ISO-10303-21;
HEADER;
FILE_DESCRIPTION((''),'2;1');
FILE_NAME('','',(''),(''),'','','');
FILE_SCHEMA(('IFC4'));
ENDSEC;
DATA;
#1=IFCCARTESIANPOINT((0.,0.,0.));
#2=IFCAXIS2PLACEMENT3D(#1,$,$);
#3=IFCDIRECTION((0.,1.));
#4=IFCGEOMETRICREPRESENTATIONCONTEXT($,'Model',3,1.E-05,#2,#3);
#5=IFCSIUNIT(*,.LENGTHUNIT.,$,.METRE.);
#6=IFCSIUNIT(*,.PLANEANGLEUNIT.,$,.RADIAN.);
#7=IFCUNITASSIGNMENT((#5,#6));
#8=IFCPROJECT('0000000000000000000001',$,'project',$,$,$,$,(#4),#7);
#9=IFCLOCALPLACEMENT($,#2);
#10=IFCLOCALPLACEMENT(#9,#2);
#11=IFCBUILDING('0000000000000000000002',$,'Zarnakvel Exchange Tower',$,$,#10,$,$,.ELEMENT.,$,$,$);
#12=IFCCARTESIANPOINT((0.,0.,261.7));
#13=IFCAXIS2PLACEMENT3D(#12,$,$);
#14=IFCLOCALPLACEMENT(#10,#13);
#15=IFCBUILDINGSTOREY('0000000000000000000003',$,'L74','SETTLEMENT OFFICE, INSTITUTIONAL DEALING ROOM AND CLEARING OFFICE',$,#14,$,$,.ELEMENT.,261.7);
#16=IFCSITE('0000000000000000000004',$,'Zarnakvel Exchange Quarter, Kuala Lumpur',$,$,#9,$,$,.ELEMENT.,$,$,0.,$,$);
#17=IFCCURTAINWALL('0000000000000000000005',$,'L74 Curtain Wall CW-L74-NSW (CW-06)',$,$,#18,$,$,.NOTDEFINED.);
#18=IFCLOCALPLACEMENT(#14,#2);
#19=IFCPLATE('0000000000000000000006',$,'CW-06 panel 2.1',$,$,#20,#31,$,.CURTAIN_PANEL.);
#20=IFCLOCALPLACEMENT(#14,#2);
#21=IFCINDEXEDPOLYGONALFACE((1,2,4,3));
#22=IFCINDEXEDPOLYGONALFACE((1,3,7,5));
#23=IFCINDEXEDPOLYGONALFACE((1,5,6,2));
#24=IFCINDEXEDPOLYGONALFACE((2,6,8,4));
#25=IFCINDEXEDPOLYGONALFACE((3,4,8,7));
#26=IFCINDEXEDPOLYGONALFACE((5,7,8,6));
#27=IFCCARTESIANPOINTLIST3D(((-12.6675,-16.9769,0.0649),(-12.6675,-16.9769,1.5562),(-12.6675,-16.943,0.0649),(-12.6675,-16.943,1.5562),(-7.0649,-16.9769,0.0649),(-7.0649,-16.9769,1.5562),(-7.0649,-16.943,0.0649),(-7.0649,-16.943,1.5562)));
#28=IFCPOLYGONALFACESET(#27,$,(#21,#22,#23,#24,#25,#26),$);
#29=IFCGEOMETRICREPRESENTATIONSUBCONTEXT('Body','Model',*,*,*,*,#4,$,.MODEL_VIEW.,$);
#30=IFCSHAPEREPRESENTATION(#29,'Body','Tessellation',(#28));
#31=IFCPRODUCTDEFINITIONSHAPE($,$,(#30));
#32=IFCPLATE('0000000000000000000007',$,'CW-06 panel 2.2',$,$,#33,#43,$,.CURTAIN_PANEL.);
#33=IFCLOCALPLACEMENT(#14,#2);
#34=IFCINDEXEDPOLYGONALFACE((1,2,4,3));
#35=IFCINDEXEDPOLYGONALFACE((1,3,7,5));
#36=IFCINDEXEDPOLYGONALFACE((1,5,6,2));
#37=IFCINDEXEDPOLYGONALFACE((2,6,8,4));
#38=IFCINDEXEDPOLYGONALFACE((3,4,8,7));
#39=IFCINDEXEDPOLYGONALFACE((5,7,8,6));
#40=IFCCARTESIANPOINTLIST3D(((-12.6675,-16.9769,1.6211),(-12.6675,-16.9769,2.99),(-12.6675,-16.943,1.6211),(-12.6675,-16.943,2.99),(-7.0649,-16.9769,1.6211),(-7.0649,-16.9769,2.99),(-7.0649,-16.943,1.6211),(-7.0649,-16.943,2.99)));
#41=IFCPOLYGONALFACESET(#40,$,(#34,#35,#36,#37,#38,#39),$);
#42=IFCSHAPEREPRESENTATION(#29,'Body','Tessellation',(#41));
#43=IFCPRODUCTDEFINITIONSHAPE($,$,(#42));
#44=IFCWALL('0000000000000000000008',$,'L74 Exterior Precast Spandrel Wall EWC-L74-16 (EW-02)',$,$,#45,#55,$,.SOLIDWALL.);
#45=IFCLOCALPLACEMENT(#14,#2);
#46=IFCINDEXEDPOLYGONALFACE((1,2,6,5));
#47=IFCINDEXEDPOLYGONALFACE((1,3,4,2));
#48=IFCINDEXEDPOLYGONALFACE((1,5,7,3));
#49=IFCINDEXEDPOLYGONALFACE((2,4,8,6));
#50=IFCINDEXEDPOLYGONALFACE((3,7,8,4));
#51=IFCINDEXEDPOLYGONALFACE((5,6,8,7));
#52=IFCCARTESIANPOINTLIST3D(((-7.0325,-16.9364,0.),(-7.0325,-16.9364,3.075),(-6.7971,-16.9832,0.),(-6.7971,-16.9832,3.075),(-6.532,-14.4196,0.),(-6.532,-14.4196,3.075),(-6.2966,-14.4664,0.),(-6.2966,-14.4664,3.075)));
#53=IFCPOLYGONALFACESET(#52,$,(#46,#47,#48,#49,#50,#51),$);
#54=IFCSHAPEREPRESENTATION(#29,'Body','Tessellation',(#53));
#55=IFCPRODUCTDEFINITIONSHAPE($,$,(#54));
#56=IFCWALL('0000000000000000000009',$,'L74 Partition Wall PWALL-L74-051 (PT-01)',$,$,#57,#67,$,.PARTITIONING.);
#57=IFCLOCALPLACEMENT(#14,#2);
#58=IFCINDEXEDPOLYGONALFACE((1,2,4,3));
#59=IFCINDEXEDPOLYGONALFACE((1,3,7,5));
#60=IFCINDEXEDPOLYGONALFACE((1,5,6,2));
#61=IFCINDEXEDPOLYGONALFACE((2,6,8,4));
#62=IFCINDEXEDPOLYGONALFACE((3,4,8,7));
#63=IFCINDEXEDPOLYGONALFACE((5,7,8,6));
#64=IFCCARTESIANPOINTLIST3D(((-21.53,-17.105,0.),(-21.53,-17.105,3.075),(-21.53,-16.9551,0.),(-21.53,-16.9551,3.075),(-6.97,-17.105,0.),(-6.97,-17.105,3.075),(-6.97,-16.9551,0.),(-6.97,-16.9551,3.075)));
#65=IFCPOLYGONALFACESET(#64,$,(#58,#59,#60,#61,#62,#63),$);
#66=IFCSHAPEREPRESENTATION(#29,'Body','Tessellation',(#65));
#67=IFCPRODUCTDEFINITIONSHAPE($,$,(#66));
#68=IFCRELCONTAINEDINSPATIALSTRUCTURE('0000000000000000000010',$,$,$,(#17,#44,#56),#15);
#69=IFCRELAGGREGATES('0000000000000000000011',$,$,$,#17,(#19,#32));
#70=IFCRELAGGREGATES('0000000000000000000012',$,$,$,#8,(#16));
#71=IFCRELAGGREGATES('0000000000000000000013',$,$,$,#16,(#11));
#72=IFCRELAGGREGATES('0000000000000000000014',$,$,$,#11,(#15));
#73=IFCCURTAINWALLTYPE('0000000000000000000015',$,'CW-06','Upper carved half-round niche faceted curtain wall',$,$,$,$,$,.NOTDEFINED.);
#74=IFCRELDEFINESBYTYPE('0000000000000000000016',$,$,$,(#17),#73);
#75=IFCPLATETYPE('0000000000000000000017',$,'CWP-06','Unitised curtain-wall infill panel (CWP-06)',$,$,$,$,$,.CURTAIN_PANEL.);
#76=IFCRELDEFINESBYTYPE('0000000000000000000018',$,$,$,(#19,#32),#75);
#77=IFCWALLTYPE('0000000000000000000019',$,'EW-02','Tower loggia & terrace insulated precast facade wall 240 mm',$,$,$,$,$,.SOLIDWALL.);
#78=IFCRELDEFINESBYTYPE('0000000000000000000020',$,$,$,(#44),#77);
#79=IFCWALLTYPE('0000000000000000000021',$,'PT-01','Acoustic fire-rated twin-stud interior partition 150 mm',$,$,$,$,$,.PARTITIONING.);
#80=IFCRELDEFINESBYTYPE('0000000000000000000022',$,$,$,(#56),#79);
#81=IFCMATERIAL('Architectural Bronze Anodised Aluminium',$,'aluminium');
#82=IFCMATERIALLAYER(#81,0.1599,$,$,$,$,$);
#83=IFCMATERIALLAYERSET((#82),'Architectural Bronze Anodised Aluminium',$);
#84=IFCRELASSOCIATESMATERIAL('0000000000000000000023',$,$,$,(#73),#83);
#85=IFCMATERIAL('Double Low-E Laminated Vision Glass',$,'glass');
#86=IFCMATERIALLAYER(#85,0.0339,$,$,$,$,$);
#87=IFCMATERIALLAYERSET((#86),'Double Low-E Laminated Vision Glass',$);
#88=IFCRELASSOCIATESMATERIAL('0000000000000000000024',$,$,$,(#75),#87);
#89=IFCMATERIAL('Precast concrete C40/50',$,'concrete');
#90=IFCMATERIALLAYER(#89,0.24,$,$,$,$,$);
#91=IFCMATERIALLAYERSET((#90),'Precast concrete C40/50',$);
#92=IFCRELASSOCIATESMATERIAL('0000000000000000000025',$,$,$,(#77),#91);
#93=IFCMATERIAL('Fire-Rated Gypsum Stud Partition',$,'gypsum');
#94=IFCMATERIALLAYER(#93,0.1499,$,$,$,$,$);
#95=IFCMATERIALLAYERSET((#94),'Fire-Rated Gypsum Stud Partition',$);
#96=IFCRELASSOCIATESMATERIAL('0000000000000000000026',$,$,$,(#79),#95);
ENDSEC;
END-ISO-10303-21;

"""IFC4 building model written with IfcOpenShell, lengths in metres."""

from ifc_helpers import new_model, si_unit, direction, frame, frame_2d, origin, origin_2d, place, context, subcontext, project, spatial, rectangle, extrude, source, transform, mapped, material, layer, layer_set, type_object, element, aggregate, save


model = new_model("IFC4")

# Units and contexts
model_context = context("Model", 3, precision=1e-05, world=origin(), true_north=direction((0.0, 1.0)))
body_context = subcontext(model_context, "Body", "Model", "MODEL_VIEW")
ifc_project = project(units=[si_unit("LENGTHUNIT", "METRE"), si_unit("PLANEANGLEUNIT", "RADIAN")], contexts=[model_context])

# Site, building, storey
site_placement = place(None, origin())
site = spatial("IfcSite", under=ifc_project, at=site_placement, Name="Zarnakvel Exchange Quarter, Kuala Lumpur", CompositionType="ELEMENT", RefElevation=0.0)
building_placement = place(site_placement, origin())
building = spatial("IfcBuilding", under=site, at=building_placement, Name="Zarnakvel Exchange Tower", CompositionType="ELEMENT")
storey_placement = place(building_placement, frame((0.0, 0.0, 261.7)))
storey = spatial("IfcBuildingStorey", under=building, at=storey_placement, Name="L74", Description="SETTLEMENT OFFICE, INSTITUTIONAL DEALING ROOM AND CLEARING OFFICE", CompositionType="ELEMENT", Elevation=261.7)

# Curtain wall
ifc_material_1 = material(Name="Architectural Bronze Anodised Aluminium", Category="aluminium")
ifc_layer_1 = layer(ifc_material_1, 0.1599)
ifc_layer_set_1 = layer_set([ifc_layer_1], Name="Architectural Bronze Anodised Aluminium")
curtain_wall_type = type_object("IfcCurtainWallType", Name="CW-06", Description="Upper carved half-round niche faceted curtain wall", PredefinedType="NOTDEFINED", material=ifc_layer_set_1)
curtain_wall_1_placement = place(storey_placement, origin())
curtain_wall_1 = element("IfcCurtainWall", 1, at=curtain_wall_1_placement, inside=storey, type_object=curtain_wall_type, Name="L74 Curtain Wall CW-L74-NSW (CW-06)", PredefinedType="NOTDEFINED")

# Plates
ifc_material_2 = material(Name="Double Low-E Laminated Vision Glass", Category="glass")
ifc_layer_2 = layer(ifc_material_2, 0.0339)
ifc_layer_set_2 = layer_set([ifc_layer_2], Name="Double Low-E Laminated Vision Glass")
plate_type = type_object("IfcPlateType", Name="CWP-06", Description="Unitised curtain-wall infill panel (CWP-06)", PredefinedType="CURTAIN_PANEL", material=ifc_layer_set_2)
shared_shape_1 = source(origin(), body_context, "Body", "SweptSolid", [
    extrude(rectangle(XDim=5.6025, YDim=0.0339, at=origin_2d()), origin(), (0.0, 0.0, 1.0), 1.4912),
])
plate_1_placement = place(storey_placement, frame((-9.8662, -16.96, 0.0649), z_axis=(0.0, 0.0, 1.0), x_axis=(1.0, 0.0, 0.0)))
plate_1 = element("IfcPlate", 2, at=plate_1_placement, type_object=plate_type, Name="CW-06 panel 2.1", PredefinedType="CURTAIN_PANEL", context=body_context, shape_type="MappedRepresentation", body=[
    mapped(shared_shape_1, transform((0.0, 0.0, 0.0), x_axis=(1.0, 0.0, 0.0), y_axis=(0.0, 1.0, 0.0), z_axis=(0.0, 0.0, 1.0), scale=1.0)),
])
shared_shape_2 = source(origin(), body_context, "Body", "SweptSolid", [
    extrude(rectangle(XDim=5.6025, YDim=0.0339, at=origin_2d()), origin(), (0.0, 0.0, 1.0), 1.3689),
])
plate_2_placement = place(storey_placement, frame((-9.8662, -16.96, 1.6211), z_axis=(0.0, 0.0, 1.0), x_axis=(1.0, 0.0, 0.0)))
plate_2 = element("IfcPlate", 3, at=plate_2_placement, type_object=plate_type, Name="CW-06 panel 2.2", PredefinedType="CURTAIN_PANEL", context=body_context, shape_type="MappedRepresentation", body=[
    mapped(shared_shape_2, transform((0.0, 0.0, 0.0), x_axis=(1.0, 0.0, 0.0), y_axis=(0.0, 1.0, 0.0), z_axis=(0.0, 0.0, 1.0), scale=1.0)),
])
aggregate(curtain_wall_1, [plate_1, plate_2])

# Walls
ifc_material_3 = material(Name="Precast concrete C40/50", Category="concrete")
ifc_layer_3 = layer(ifc_material_3, 0.24)
ifc_layer_set_3 = layer_set([ifc_layer_3], Name="Precast concrete C40/50")
wall_type_1 = type_object("IfcWallType", Name="EW-02", Description="Tower loggia & terrace insulated precast facade wall 240 mm", PredefinedType="SOLIDWALL", material=ifc_layer_set_3)
wall_1_placement = place(storey_placement, frame((-6.9148, -16.96, 0.0), z_axis=(0.0, 0.0, 1.0), x_axis=(0.195037, 0.980796, 0.0)))
element("IfcWall", 4, at=wall_1_placement, inside=storey, type_object=wall_type_1, Name="L74 Exterior Precast Spandrel Wall EWC-L74-16 (EW-02)", PredefinedType="SOLIDWALL", context=body_context, shape_type="SweptSolid", body=[
    extrude(rectangle(XDim=2.5662, YDim=0.24, at=frame_2d((1.2832, 0.0))), origin(), (0.0, 0.0, 1.0), 3.075),
])
ifc_material_4 = material(Name="Fire-Rated Gypsum Stud Partition", Category="gypsum")
ifc_layer_4 = layer(ifc_material_4, 0.1499)
ifc_layer_set_4 = layer_set([ifc_layer_4], Name="Fire-Rated Gypsum Stud Partition")
wall_type_2 = type_object("IfcWallType", Name="PT-01", Description="Acoustic fire-rated twin-stud interior partition 150 mm", PredefinedType="PARTITIONING", material=ifc_layer_set_4)
wall_2_placement = place(storey_placement, frame((-6.97, -17.03, 0.0), z_axis=(0.0, 0.0, 1.0), x_axis=(-1.0, 0.0, 0.0)))
element("IfcWall", 5, at=wall_2_placement, inside=storey, type_object=wall_type_2, Name="L74 Partition Wall PWALL-L74-051 (PT-01)", PredefinedType="PARTITIONING", context=body_context, shape_type="SweptSolid", body=[
    extrude(rectangle(XDim=14.5601, YDim=0.1499, at=frame_2d((7.28, 0.0))), origin(), (0.0, 0.0, 1.0), 3.075),
])

save(model, "model.ifc")
